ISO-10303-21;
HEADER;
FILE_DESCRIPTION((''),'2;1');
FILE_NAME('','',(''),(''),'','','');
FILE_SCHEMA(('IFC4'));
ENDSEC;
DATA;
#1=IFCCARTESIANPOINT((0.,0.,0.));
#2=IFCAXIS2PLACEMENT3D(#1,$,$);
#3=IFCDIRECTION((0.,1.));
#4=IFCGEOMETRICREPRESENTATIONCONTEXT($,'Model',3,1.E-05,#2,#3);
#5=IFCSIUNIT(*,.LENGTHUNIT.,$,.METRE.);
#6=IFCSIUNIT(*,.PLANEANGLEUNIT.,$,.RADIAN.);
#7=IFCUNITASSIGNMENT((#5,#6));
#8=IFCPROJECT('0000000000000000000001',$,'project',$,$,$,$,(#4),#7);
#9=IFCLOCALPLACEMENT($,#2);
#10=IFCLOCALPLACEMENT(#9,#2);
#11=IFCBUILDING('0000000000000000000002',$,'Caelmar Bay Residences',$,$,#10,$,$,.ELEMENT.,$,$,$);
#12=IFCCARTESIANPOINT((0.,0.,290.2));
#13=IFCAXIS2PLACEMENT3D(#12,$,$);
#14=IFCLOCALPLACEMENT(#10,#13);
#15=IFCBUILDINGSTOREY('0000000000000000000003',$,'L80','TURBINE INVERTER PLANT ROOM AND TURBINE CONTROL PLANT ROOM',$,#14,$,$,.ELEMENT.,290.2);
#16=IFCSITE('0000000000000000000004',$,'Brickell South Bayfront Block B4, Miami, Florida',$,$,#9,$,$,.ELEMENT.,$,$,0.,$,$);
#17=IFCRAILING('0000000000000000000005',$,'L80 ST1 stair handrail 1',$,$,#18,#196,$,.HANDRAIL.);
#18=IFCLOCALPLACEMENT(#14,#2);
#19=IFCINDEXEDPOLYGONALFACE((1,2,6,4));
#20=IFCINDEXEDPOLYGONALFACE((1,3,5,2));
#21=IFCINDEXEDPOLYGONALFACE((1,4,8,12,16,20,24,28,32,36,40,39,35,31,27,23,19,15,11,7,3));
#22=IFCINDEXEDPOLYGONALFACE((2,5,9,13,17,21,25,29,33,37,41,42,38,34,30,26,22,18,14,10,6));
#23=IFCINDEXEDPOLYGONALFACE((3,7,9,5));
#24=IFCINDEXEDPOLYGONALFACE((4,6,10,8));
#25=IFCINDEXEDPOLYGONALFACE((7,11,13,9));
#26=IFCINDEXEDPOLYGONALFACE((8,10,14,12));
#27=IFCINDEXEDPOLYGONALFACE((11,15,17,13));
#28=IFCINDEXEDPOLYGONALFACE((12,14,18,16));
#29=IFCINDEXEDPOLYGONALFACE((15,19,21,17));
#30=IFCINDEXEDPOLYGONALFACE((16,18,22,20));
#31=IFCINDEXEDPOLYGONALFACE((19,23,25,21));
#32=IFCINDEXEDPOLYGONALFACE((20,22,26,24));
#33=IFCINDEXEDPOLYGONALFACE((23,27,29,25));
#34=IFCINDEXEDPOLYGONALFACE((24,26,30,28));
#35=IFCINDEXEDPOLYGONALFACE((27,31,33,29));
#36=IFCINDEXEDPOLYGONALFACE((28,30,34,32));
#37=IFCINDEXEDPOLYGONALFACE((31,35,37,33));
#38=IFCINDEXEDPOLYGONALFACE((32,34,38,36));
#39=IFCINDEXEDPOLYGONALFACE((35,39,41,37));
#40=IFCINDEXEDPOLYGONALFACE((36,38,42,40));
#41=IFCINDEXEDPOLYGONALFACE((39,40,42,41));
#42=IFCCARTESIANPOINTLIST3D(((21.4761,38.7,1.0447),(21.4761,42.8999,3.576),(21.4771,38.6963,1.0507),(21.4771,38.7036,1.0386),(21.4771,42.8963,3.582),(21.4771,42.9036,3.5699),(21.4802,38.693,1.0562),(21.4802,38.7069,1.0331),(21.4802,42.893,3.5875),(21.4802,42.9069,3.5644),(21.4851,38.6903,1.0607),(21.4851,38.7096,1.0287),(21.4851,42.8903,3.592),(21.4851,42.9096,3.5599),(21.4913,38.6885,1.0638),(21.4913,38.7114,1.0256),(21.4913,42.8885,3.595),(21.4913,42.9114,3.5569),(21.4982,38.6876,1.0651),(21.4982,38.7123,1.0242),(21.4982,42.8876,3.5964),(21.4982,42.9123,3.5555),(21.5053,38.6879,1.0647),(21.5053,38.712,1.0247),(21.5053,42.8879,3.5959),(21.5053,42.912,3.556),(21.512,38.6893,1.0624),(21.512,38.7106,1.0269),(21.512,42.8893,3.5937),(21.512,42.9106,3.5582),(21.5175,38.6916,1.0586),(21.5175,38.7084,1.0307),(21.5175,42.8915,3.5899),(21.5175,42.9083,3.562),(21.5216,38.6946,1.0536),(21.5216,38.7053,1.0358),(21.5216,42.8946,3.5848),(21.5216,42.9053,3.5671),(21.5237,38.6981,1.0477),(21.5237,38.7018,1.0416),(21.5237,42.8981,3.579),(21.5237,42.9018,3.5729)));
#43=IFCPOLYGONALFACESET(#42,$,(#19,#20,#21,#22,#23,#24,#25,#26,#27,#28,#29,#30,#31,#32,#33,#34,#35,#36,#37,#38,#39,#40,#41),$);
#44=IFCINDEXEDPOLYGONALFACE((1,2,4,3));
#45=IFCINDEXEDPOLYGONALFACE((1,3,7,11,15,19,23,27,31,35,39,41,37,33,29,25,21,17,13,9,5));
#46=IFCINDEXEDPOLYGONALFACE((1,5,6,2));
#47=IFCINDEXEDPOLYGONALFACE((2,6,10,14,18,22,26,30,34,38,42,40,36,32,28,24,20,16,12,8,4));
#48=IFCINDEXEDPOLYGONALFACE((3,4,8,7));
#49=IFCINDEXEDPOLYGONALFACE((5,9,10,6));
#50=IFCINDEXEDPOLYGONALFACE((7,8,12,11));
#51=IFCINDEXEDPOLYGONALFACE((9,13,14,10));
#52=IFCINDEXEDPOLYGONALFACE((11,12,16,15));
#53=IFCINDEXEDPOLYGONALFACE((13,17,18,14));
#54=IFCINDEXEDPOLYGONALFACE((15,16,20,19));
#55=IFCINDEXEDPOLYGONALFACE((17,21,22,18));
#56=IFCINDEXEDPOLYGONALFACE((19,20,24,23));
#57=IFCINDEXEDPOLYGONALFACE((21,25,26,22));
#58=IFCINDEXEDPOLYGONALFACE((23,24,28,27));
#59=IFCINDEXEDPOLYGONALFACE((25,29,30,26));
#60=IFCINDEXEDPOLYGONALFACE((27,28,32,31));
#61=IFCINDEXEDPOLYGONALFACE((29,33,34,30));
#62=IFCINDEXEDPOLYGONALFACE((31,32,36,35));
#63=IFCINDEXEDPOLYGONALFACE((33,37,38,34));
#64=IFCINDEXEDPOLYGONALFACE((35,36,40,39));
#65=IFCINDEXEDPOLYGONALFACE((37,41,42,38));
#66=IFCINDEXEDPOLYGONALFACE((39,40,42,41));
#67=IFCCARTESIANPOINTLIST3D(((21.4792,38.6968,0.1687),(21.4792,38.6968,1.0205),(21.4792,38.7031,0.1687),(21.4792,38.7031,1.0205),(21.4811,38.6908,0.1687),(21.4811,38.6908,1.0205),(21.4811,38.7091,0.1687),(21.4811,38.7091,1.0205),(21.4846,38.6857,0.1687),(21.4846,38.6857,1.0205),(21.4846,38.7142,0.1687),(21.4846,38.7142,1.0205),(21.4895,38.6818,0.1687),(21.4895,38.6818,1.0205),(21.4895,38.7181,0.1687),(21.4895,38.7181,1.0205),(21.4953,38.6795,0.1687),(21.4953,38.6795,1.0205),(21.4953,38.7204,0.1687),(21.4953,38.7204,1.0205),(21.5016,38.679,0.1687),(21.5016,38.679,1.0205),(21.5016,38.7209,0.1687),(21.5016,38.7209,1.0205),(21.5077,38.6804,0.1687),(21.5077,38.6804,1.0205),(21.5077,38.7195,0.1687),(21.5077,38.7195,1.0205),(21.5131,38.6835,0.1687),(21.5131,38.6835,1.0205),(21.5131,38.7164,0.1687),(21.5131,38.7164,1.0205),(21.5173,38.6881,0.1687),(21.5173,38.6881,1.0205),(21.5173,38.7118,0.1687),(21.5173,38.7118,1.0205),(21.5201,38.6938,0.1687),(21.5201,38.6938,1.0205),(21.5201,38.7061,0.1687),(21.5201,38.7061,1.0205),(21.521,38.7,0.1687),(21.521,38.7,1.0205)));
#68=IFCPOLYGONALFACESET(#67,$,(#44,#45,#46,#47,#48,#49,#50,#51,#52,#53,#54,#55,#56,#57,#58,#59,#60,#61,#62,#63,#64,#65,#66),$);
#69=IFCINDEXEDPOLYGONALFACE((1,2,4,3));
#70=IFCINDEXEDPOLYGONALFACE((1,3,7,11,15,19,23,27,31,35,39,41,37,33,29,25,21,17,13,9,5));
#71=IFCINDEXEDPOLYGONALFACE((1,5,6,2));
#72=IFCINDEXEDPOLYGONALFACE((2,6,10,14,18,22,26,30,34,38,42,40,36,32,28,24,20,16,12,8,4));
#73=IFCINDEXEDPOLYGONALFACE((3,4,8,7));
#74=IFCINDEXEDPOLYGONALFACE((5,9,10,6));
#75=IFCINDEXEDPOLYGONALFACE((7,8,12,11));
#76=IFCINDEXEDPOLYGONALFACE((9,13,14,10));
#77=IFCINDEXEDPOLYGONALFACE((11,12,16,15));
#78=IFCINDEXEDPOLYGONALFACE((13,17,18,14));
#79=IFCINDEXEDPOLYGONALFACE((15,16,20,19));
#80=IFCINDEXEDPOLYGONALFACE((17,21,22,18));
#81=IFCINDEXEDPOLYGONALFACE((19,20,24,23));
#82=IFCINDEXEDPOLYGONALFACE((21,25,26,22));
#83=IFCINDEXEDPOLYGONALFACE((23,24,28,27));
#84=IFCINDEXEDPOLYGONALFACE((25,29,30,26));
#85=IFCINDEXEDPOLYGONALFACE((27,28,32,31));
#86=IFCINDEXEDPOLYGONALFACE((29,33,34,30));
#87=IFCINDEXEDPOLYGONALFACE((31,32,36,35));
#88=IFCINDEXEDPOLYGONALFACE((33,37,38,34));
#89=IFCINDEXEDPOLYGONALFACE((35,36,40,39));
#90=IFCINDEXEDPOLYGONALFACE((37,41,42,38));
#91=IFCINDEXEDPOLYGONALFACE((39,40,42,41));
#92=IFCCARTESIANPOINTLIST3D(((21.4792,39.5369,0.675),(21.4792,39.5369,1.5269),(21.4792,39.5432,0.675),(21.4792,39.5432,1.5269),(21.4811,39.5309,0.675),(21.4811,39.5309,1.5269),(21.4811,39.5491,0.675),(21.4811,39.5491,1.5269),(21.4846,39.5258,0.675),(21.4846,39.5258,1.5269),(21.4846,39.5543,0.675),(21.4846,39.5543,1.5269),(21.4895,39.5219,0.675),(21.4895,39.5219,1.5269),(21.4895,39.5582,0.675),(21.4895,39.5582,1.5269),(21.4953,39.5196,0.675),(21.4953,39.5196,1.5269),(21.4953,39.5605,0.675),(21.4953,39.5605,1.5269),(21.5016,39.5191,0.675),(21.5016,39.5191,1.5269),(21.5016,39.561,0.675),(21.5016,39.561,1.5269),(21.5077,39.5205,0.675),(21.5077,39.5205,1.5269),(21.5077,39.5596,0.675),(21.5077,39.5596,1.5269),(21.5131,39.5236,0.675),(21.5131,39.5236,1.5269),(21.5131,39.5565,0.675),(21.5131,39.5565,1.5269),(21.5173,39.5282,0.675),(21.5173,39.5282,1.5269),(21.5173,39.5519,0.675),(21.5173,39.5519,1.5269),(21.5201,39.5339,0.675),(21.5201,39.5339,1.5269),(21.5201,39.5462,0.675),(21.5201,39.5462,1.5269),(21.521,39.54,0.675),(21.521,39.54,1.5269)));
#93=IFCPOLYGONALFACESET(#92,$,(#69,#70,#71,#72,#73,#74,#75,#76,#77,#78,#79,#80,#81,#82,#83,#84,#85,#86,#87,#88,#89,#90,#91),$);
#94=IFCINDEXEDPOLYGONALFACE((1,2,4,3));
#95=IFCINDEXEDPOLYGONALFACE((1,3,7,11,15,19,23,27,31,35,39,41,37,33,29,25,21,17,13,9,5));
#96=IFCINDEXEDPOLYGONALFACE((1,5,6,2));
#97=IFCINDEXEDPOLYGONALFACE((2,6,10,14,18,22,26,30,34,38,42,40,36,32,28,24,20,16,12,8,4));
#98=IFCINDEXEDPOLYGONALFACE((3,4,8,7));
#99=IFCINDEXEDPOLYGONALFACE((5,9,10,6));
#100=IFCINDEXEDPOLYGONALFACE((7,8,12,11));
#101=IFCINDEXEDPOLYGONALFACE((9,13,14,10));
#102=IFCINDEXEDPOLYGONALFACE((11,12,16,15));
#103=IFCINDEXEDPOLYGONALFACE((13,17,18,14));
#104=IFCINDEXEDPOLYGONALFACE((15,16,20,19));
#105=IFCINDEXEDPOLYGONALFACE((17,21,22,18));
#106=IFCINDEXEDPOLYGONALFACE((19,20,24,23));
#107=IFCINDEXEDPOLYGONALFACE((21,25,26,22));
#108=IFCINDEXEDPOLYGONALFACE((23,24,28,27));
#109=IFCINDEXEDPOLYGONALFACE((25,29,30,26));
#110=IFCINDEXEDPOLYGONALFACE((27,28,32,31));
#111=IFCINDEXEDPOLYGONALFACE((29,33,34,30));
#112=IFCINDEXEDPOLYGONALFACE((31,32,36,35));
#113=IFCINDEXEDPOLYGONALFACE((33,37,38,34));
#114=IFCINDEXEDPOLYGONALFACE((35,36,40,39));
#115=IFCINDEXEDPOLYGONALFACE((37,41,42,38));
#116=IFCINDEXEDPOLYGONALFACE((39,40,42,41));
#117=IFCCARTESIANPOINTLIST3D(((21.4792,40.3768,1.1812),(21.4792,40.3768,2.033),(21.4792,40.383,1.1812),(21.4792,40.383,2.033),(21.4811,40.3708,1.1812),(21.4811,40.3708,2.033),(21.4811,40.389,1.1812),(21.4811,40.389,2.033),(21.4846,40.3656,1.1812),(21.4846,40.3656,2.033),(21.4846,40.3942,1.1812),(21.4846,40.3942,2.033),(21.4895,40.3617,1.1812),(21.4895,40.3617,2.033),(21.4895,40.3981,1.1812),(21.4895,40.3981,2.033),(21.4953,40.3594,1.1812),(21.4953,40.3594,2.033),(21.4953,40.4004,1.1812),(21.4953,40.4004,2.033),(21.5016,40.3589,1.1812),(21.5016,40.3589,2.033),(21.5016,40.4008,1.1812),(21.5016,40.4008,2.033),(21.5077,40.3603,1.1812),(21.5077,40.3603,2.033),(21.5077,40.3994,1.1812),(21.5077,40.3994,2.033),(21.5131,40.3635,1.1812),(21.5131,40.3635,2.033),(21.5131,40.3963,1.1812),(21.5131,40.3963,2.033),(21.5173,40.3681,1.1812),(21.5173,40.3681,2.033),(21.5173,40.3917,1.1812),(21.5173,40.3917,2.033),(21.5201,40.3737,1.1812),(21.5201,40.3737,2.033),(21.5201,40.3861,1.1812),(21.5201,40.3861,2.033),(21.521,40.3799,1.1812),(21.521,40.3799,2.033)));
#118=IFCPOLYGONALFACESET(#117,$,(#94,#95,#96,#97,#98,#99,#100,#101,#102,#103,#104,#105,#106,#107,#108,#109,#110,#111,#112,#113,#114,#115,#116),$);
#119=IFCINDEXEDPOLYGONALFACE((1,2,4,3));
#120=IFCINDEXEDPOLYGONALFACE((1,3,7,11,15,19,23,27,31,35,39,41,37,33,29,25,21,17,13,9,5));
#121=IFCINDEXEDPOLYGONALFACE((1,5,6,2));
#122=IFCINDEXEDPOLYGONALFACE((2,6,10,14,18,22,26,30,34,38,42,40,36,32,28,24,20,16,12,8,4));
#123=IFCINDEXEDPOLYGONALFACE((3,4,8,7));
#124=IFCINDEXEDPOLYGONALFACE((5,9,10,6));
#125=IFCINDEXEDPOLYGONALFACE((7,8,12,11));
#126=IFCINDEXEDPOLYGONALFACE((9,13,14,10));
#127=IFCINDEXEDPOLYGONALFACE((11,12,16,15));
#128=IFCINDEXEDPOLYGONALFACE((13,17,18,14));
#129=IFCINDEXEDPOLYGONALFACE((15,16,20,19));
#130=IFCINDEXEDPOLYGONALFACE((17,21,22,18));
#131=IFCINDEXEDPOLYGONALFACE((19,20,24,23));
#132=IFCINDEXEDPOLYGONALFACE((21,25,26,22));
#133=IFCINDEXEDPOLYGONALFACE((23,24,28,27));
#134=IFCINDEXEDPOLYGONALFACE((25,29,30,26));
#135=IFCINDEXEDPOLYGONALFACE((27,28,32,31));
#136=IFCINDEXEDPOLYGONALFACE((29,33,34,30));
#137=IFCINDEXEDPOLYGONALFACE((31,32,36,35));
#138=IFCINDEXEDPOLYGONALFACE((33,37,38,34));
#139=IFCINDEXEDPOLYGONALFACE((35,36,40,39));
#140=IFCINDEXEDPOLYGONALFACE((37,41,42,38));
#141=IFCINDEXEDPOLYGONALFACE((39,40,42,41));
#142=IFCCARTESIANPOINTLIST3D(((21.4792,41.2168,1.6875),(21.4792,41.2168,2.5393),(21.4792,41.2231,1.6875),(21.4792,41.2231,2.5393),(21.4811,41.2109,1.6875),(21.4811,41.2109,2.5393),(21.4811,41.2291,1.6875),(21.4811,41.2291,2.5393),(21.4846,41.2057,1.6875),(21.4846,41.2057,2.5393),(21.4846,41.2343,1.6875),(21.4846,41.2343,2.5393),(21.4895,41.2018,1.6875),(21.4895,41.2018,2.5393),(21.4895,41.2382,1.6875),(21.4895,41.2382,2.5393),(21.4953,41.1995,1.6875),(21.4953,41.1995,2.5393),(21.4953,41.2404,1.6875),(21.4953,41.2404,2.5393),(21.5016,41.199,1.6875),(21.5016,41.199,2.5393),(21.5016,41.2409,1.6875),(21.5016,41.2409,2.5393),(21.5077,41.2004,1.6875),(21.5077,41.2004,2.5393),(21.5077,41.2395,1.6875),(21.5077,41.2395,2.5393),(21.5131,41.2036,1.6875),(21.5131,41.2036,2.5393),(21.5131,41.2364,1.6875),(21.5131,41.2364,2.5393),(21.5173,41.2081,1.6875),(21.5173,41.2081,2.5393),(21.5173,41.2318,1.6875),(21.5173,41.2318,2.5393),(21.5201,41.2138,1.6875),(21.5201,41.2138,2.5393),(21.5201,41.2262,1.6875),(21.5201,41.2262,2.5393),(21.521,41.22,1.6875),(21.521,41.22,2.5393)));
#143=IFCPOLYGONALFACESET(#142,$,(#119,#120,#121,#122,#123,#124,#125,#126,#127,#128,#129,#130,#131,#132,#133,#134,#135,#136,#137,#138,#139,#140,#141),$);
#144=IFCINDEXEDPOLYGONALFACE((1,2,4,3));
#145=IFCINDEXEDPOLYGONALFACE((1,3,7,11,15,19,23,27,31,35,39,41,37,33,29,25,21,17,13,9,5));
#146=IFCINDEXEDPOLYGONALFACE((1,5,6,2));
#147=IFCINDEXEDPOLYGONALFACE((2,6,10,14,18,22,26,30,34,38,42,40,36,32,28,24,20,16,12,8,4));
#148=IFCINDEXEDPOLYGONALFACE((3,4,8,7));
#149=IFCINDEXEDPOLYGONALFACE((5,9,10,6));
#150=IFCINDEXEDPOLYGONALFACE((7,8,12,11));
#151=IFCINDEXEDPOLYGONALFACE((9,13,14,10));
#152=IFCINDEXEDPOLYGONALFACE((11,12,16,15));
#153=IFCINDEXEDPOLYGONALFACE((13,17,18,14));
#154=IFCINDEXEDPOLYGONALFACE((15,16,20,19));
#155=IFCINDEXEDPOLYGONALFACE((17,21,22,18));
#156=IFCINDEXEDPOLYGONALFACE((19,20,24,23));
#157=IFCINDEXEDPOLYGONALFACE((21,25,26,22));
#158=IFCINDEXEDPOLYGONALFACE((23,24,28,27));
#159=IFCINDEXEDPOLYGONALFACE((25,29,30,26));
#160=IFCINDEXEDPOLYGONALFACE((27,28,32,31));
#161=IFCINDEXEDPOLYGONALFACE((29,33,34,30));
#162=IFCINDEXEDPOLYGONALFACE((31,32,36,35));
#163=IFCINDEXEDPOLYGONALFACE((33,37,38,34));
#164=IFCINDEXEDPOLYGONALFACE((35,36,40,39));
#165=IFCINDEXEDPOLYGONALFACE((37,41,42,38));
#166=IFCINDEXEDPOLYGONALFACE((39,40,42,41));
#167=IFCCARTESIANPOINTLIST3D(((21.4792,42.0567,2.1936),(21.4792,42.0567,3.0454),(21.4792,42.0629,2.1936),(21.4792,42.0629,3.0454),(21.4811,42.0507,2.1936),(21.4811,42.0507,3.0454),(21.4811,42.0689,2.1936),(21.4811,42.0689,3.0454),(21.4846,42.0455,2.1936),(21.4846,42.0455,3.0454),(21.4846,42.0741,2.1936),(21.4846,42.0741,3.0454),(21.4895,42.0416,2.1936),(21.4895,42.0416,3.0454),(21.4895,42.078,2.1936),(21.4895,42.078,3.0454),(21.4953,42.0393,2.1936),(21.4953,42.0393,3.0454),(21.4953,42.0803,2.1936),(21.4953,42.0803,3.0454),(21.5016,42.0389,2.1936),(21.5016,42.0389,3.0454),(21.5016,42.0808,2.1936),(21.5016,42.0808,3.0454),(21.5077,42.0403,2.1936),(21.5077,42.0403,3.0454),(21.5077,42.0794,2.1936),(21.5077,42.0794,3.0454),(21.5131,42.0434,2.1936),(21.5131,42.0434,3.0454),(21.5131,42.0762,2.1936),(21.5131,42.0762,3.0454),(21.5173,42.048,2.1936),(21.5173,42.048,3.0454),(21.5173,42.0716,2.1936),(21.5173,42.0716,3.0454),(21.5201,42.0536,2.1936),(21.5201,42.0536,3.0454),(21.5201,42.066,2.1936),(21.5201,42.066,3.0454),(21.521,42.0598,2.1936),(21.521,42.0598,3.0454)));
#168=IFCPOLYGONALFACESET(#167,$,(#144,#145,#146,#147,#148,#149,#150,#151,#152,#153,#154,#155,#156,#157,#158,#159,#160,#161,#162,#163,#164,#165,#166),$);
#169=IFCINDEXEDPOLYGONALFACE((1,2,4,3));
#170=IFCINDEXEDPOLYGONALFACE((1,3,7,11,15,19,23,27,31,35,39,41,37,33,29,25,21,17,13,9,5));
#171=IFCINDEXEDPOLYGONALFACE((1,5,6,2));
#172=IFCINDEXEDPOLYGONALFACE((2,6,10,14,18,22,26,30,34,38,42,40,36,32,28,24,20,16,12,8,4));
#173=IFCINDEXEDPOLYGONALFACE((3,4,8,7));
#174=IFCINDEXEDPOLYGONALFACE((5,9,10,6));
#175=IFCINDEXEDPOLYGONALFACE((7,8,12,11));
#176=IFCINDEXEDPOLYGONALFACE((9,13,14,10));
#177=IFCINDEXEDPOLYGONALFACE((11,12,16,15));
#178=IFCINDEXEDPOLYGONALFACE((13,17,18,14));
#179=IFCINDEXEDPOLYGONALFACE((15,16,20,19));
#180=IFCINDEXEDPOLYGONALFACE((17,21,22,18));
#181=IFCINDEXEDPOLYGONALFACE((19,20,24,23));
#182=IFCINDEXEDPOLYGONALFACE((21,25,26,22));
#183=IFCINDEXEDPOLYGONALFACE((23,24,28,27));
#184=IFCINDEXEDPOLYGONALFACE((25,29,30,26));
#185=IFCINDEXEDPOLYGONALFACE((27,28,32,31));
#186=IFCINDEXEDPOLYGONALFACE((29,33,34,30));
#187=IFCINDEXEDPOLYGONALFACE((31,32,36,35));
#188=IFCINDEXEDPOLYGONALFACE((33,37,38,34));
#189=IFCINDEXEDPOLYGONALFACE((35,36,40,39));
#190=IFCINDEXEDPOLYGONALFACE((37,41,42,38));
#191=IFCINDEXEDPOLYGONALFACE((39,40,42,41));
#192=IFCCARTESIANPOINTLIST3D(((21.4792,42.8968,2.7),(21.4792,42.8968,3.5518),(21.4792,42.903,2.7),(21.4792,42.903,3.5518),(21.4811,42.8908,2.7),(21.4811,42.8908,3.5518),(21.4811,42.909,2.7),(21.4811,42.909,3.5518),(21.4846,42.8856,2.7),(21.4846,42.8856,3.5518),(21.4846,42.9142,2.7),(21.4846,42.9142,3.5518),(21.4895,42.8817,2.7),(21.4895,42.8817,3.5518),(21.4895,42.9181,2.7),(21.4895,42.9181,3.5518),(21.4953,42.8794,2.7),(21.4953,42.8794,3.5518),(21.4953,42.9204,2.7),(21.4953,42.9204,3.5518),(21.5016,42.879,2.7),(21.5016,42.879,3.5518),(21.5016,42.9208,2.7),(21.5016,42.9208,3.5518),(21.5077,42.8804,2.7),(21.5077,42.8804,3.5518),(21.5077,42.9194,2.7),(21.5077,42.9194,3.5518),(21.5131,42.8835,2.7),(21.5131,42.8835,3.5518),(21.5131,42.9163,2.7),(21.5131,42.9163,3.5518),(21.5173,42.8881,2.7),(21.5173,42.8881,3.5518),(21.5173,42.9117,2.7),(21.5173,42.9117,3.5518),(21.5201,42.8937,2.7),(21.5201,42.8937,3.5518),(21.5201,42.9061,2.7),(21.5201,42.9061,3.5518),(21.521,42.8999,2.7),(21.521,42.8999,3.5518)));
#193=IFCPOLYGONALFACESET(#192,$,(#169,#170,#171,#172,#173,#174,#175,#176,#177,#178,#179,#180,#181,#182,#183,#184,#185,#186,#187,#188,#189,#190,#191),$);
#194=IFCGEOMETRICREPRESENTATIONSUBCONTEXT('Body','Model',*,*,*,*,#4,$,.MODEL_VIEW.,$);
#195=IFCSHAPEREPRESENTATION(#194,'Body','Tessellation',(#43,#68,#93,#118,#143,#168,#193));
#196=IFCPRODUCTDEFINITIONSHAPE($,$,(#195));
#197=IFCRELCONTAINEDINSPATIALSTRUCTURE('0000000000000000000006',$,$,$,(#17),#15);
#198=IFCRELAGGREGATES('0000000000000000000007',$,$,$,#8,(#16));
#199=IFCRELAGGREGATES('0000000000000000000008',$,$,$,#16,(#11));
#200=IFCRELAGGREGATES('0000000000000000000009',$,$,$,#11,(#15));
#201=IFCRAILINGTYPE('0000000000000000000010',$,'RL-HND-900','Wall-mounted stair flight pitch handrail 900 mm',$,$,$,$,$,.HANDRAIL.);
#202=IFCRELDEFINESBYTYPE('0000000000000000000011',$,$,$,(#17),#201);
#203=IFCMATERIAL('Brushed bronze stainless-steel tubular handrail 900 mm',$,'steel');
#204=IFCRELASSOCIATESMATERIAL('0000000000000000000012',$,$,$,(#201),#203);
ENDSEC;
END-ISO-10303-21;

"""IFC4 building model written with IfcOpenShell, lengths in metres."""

from ifc_helpers import new_model, si_unit, direction, frame, origin, origin_2d, place, context, subcontext, project, spatial, circle, extrude, material, type_object, element, save


model = new_model("IFC4")

# Units and contexts
model_context = context("Model", 3, precision=1e-05, world=origin(), true_north=direction((0.0, 1.0)))
body_context = subcontext(model_context, "Body", "Model", "MODEL_VIEW")
ifc_project = project(units=[si_unit("LENGTHUNIT", "METRE"), si_unit("PLANEANGLEUNIT", "RADIAN")], contexts=[model_context])

# Site, building, storey
site_placement = place(None, origin())
site = spatial("IfcSite", under=ifc_project, at=site_placement, Name="Brickell South Bayfront Block B4, Miami, Florida", CompositionType="ELEMENT", RefElevation=0.0)
building_placement = place(site_placement, origin())
building = spatial("IfcBuilding", under=site, at=building_placement, Name="Caelmar Bay Residences", CompositionType="ELEMENT")
storey_placement = place(building_placement, frame((0.0, 0.0, 290.2)))
storey = spatial("IfcBuildingStorey", under=building, at=storey_placement, Name="L80", Description="TURBINE INVERTER PLANT ROOM AND TURBINE CONTROL PLANT ROOM", CompositionType="ELEMENT", Elevation=290.2)

# Railing
ifc_material_1 = material(Name="Brushed bronze stainless-steel tubular handrail 900 mm", Category="steel")
railing_type_1 = type_object("IfcRailingType", Name="RL-HND-900", Description="Wall-mounted stair flight pitch handrail 900 mm", PredefinedType="HANDRAIL", material=ifc_material_1)
railing_1_placement = place(storey_placement, frame((21.5, 38.7, 0.1687)))
element("IfcRailing", 1, at=railing_1_placement, inside=storey, type_object=railing_type_1, Name="L80 ST1 stair handrail 1", PredefinedType="HANDRAIL", context=body_context, shape_type="SweptSolid", body=[
    extrude(circle(Radius=0.0239, at=origin_2d()), frame((0.0, 0.0, 0.876), z_axis=(0.0, 0.856476, 0.516186), x_axis=(-1.0, 0.0, 0.0)), (0.0, 0.0, 1.0), 4.9038),
    extrude(circle(Radius=0.021, at=origin_2d()), origin(), (0.0, 0.0, 1.0), 0.8518),
    extrude(circle(Radius=0.021, at=origin_2d()), frame((0.0, 0.8401, 0.5063)), (0.0, 0.0, 1.0), 0.8518),
    extrude(circle(Radius=0.021, at=origin_2d()), frame((0.0, 1.6799, 1.0125)), (0.0, 0.0, 1.0), 0.8518),
    extrude(circle(Radius=0.021, at=origin_2d()), frame((0.0, 2.52, 1.5188)), (0.0, 0.0, 1.0), 0.8518),
    extrude(circle(Radius=0.021, at=origin_2d()), frame((0.0, 3.3599, 2.0249)), (0.0, 0.0, 1.0), 0.8518),
    extrude(circle(Radius=0.021, at=origin_2d()), frame((0.0, 4.2, 2.5312)), (0.0, 0.0, 1.0), 0.8518),
])

save(model, "model.ifc")
